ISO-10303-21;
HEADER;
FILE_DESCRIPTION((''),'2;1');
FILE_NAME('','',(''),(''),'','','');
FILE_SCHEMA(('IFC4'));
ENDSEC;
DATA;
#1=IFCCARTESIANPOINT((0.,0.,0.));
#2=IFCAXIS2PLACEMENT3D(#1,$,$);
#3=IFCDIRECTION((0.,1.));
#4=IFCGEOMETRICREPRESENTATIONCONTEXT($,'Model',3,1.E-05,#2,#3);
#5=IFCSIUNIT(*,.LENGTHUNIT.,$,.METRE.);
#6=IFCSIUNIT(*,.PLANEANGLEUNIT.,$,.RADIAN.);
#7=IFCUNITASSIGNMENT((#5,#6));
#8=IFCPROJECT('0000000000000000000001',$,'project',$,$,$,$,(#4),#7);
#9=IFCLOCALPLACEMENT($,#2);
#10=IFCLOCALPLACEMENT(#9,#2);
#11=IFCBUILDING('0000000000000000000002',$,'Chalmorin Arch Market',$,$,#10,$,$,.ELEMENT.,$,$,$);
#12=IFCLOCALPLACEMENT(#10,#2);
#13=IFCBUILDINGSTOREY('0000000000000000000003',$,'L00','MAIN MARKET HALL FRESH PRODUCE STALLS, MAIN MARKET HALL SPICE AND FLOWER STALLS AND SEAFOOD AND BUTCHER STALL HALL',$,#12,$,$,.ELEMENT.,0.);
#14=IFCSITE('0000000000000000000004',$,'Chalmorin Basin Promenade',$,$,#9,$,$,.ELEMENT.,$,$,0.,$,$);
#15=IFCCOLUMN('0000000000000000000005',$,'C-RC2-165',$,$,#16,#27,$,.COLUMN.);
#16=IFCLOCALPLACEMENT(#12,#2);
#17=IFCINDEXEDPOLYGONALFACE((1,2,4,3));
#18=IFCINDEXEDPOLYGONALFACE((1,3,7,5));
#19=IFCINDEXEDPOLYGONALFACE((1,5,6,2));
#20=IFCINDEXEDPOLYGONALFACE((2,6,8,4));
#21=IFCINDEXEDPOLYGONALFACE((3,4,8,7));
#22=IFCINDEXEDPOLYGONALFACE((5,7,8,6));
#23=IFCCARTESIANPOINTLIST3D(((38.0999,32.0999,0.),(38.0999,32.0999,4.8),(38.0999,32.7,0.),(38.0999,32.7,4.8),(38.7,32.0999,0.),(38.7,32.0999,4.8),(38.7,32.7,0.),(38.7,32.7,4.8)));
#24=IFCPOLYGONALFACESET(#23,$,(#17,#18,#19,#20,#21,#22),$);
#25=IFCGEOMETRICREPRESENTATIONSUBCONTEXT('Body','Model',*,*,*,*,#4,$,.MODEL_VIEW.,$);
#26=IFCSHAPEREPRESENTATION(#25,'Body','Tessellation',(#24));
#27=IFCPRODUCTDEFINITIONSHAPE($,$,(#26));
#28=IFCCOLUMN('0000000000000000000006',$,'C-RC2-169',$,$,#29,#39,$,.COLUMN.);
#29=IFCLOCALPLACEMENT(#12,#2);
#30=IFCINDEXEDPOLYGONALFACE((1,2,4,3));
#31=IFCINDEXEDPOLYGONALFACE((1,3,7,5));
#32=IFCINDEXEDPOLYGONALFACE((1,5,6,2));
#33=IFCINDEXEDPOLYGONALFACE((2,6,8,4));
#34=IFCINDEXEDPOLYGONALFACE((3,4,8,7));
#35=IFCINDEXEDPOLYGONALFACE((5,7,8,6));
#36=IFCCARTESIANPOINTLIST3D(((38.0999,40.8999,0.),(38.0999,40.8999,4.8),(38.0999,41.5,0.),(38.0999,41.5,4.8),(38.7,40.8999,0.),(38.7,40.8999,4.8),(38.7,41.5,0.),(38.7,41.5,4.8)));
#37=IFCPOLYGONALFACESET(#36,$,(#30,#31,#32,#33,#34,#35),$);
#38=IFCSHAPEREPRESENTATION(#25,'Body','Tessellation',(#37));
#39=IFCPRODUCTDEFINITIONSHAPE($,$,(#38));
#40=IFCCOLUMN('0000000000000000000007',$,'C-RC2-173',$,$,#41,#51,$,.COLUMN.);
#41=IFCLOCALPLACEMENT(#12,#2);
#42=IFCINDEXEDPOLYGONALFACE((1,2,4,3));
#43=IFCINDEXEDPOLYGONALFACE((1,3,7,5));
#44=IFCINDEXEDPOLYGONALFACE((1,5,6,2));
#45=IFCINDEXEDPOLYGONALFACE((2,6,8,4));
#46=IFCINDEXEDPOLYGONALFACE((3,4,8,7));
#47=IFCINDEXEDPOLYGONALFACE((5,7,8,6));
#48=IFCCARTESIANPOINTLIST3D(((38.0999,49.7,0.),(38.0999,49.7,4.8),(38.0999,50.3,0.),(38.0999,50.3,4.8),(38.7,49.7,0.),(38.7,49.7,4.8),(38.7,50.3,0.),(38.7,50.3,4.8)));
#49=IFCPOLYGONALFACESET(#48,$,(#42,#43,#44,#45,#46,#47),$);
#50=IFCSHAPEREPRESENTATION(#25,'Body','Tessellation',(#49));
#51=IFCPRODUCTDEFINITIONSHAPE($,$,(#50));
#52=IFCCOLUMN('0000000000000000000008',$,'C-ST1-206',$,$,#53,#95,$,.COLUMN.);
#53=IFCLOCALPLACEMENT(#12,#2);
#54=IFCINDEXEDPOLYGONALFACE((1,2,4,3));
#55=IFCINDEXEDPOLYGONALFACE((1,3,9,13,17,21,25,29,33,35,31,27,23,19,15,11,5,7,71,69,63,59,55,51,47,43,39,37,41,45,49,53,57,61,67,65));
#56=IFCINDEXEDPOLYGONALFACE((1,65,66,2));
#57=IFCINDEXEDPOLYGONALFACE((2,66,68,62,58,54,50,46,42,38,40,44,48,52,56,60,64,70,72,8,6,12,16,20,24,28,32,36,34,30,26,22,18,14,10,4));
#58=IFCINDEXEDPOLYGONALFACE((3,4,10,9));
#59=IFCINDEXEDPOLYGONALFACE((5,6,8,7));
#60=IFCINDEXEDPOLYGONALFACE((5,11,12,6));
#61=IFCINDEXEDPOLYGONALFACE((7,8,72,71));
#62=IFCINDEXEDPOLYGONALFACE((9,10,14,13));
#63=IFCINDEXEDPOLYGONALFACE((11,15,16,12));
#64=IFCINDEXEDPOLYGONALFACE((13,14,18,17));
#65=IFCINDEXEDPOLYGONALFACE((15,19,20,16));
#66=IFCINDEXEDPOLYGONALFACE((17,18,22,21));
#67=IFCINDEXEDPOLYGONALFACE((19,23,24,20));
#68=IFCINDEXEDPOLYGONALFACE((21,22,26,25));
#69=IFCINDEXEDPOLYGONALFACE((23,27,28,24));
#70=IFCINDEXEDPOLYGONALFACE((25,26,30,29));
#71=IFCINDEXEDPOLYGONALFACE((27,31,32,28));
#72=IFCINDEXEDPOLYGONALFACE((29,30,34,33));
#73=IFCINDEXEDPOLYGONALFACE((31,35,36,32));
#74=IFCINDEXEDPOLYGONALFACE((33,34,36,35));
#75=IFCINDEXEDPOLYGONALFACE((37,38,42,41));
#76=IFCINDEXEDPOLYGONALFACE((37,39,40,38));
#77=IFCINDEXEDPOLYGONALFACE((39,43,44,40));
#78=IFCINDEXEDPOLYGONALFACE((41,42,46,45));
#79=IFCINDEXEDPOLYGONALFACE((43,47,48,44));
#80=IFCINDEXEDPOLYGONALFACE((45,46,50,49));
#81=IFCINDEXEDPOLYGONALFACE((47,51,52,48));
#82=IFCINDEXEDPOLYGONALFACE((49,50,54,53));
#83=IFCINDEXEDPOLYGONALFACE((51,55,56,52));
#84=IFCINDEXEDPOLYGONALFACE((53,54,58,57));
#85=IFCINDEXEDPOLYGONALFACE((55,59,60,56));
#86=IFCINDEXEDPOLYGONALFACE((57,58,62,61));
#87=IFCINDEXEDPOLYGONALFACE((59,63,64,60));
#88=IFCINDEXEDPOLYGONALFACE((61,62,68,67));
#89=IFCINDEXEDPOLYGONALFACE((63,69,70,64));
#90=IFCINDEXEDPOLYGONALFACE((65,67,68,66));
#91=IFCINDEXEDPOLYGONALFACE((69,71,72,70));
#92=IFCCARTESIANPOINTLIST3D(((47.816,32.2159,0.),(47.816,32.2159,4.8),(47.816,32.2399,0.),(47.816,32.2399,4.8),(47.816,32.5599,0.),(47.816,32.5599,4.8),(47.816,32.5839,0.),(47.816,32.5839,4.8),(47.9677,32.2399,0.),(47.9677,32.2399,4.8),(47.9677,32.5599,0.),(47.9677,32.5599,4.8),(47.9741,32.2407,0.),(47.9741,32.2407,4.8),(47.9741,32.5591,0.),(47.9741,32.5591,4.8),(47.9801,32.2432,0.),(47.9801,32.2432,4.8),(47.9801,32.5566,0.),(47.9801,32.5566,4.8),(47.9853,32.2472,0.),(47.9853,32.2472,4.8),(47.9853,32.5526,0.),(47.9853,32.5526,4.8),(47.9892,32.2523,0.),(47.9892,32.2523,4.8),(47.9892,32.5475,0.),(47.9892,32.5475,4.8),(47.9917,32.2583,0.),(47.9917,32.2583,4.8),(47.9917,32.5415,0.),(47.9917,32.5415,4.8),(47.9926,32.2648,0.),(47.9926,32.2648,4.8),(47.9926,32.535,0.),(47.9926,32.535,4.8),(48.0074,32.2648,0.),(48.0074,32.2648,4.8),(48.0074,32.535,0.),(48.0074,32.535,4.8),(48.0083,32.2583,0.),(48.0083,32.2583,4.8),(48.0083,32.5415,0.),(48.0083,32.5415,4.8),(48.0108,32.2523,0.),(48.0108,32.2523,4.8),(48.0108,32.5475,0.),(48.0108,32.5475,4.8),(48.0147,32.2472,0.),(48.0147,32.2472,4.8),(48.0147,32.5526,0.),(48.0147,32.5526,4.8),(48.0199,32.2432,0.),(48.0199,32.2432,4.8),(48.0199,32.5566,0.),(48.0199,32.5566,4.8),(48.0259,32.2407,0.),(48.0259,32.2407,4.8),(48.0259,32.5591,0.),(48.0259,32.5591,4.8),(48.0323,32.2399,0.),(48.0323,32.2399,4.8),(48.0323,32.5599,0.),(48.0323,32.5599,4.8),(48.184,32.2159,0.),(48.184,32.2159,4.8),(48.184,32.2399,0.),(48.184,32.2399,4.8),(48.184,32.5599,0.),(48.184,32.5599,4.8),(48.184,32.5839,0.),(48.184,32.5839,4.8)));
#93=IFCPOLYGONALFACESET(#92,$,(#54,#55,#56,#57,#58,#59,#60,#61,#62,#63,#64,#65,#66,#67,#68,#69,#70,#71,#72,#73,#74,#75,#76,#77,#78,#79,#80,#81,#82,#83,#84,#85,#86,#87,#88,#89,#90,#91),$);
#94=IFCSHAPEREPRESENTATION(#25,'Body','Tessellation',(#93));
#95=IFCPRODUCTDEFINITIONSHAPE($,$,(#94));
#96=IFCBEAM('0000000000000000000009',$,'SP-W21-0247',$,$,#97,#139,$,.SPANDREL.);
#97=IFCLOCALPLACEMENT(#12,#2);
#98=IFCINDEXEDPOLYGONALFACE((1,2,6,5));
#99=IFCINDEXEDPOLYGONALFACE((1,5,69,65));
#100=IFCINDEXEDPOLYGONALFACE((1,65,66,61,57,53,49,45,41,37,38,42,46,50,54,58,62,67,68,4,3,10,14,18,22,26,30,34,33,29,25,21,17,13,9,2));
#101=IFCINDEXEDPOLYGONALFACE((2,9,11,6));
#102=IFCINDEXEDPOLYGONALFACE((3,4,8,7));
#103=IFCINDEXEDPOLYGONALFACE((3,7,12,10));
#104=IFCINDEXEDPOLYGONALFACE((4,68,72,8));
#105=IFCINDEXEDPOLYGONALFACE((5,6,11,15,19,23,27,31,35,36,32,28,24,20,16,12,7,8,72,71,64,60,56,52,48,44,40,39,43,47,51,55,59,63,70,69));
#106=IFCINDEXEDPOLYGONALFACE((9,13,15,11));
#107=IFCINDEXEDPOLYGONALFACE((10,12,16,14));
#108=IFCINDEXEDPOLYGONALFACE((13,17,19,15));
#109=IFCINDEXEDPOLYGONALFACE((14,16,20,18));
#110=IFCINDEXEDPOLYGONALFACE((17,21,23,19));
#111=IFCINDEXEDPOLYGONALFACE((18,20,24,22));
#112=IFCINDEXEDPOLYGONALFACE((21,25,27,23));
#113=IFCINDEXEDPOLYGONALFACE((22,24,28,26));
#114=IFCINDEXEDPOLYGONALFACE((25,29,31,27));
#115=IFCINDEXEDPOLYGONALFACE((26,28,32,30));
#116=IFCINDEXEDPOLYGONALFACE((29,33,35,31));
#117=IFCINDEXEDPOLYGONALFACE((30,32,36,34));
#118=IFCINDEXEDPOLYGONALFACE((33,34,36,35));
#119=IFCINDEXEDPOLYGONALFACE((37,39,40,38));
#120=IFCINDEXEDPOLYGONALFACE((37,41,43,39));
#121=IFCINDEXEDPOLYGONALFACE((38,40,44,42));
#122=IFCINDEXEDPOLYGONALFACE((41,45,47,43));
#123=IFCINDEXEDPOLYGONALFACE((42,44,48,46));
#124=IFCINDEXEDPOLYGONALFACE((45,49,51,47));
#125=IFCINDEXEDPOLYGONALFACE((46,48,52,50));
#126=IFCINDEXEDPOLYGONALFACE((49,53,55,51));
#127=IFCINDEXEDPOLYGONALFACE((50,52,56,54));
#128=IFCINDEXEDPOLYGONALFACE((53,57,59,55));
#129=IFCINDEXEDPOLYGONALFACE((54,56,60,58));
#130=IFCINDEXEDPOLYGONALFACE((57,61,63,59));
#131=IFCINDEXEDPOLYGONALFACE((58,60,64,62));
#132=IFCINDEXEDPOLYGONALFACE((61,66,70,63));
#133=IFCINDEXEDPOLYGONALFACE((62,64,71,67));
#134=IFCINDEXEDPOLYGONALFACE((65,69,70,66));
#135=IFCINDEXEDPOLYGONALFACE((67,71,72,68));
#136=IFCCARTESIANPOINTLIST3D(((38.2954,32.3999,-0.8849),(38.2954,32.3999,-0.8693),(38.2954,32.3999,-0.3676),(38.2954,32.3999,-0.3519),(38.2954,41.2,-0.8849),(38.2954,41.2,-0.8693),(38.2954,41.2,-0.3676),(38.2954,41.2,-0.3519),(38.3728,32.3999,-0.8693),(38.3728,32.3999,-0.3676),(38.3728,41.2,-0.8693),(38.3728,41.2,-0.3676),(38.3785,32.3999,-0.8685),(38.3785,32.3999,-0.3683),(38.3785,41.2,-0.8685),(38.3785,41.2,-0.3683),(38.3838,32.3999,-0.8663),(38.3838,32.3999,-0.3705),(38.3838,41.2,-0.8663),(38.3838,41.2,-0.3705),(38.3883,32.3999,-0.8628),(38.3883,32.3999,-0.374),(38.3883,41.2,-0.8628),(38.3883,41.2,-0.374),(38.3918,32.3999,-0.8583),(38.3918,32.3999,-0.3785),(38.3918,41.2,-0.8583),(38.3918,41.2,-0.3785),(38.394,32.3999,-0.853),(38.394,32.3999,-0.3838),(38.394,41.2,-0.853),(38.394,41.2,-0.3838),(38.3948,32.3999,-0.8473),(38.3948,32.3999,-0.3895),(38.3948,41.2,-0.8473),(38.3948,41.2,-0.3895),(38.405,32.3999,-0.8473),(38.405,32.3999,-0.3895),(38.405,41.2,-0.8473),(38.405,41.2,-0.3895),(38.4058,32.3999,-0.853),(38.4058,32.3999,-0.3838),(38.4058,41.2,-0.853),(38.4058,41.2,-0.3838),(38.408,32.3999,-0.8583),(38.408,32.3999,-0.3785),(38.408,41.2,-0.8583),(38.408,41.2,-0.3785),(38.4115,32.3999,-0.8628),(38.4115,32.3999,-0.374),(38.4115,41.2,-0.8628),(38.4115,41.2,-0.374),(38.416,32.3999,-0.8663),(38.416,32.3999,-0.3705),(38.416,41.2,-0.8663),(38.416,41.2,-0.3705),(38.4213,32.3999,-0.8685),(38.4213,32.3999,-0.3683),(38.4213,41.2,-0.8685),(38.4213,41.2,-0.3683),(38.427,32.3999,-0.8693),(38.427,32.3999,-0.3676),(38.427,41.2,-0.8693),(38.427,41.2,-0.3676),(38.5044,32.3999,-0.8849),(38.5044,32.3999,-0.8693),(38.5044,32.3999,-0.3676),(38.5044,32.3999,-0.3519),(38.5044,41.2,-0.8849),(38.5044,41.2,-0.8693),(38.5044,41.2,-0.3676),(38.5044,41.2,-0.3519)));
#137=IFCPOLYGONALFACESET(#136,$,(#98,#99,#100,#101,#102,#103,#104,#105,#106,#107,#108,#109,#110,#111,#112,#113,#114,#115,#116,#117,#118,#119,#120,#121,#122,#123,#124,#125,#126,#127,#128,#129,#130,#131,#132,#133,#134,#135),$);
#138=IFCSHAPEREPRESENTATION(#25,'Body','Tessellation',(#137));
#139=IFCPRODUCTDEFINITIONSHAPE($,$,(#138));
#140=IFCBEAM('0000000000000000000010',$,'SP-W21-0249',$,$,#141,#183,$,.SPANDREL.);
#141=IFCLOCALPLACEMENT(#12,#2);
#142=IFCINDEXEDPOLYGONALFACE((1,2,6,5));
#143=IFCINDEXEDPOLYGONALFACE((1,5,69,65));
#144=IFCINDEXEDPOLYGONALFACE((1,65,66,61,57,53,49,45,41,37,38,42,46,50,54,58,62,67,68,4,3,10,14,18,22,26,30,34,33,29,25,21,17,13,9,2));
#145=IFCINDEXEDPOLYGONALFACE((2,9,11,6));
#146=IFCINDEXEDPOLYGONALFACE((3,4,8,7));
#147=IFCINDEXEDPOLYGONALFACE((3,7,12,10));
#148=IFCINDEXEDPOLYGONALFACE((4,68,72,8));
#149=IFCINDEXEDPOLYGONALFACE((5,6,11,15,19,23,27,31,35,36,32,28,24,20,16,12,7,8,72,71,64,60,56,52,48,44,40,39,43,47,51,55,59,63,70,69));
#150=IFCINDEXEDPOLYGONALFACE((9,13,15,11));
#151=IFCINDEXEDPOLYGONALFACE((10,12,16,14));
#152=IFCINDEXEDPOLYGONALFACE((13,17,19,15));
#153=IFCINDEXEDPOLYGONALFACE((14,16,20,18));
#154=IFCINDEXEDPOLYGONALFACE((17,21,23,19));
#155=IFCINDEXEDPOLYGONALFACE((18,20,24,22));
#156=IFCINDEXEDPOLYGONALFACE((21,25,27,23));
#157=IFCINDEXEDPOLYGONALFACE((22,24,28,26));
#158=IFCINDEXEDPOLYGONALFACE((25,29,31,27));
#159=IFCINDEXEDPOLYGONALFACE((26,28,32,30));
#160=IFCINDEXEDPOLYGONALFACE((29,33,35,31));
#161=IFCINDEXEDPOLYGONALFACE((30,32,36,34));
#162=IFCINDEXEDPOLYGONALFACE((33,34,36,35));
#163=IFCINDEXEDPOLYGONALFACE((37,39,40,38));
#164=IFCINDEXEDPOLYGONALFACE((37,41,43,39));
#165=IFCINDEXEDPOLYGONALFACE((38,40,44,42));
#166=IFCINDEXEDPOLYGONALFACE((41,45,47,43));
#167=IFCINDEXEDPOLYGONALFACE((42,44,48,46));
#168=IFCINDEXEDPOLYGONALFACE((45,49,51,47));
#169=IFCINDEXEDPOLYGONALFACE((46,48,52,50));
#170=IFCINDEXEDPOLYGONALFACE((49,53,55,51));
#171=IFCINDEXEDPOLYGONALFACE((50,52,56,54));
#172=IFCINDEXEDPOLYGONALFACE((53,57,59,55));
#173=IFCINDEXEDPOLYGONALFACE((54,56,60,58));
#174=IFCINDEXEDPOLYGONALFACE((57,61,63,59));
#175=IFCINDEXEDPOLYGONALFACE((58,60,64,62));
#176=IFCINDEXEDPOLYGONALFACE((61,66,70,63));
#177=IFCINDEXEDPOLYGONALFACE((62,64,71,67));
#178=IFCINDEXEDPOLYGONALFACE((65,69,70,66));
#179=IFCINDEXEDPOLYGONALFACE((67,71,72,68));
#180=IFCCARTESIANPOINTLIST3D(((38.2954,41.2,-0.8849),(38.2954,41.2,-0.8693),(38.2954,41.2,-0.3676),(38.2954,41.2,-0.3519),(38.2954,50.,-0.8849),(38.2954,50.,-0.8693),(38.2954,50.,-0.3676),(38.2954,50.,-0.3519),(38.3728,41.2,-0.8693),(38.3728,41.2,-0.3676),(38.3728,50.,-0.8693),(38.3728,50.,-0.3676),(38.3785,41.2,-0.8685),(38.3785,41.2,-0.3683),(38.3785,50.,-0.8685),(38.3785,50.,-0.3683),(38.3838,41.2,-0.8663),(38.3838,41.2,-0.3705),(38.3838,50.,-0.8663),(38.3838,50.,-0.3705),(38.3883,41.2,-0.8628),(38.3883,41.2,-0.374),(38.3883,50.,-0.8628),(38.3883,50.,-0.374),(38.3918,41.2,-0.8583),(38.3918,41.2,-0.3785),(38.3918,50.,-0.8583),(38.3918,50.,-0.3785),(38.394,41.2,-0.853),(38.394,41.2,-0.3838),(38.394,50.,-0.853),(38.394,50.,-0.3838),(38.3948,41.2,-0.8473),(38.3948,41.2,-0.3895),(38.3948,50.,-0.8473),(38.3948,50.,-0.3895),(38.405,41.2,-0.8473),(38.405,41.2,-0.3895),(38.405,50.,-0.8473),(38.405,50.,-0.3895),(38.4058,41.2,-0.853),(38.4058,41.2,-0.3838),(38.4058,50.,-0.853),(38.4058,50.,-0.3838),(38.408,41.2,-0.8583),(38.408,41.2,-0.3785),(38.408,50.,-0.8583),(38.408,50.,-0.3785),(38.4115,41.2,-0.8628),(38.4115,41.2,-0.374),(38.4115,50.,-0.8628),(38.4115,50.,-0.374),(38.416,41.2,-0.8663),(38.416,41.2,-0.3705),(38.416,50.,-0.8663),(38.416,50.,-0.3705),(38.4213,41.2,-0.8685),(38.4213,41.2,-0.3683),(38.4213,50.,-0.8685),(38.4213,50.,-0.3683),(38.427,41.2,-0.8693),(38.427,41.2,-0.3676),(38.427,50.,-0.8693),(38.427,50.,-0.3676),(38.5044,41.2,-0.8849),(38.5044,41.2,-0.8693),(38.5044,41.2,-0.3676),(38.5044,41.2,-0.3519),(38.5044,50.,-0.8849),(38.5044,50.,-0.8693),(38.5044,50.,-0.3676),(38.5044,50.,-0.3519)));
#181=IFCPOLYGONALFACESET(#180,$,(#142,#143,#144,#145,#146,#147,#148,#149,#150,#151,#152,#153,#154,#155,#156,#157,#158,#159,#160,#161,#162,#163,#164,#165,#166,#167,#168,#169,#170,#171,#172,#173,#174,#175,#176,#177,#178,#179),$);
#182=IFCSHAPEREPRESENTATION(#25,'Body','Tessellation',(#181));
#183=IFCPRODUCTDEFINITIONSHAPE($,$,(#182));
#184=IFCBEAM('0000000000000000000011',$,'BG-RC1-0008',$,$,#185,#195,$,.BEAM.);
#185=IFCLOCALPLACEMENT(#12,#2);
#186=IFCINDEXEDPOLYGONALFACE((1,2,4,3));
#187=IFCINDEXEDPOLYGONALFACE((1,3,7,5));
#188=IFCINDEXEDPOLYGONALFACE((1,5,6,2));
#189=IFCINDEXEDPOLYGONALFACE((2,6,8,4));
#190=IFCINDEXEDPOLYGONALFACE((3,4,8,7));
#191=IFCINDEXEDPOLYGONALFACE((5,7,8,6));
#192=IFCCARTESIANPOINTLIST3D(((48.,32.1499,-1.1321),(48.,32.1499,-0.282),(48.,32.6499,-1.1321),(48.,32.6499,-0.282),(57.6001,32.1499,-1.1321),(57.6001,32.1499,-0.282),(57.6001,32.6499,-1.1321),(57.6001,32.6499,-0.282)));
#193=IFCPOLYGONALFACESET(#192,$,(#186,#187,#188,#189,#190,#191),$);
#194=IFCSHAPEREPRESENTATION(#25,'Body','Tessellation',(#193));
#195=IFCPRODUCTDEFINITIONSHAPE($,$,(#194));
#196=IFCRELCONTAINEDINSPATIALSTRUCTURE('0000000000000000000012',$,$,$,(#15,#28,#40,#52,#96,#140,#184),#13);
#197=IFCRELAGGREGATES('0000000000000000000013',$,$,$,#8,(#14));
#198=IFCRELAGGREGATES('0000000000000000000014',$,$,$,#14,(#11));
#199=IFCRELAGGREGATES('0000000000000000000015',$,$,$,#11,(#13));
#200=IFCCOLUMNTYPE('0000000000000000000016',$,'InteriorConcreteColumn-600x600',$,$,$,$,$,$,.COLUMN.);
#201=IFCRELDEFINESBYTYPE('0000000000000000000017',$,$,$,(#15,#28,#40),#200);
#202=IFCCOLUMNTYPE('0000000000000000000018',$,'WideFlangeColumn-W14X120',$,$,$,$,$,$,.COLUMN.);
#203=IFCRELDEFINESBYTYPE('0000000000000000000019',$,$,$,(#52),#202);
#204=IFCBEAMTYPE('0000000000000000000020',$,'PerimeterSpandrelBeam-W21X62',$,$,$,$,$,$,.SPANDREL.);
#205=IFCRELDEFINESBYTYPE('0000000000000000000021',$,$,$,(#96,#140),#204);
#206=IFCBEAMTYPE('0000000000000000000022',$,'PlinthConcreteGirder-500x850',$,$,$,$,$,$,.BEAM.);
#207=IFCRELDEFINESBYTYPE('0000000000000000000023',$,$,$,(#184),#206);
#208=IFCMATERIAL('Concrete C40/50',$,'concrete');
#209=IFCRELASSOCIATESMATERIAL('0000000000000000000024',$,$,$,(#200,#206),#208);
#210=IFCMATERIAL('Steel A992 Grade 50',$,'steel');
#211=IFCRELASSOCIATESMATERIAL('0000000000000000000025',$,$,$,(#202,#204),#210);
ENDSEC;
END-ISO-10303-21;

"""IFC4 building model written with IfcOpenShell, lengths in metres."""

from ifc_helpers import new_model, si_unit, direction, frame, origin, origin_2d, place, context, subcontext, project, spatial, rectangle, i_section, extrude, material, material_profile, profile_set, type_object, element, save


model = new_model("IFC4")

# Units and contexts
model_context = context("Model", 3, precision=1e-05, world=origin(), true_north=direction((0.0, 1.0)))
body_context = subcontext(model_context, "Body", "Model", "MODEL_VIEW")
ifc_project = project(units=[si_unit("LENGTHUNIT", "METRE"), si_unit("PLANEANGLEUNIT", "RADIAN")], contexts=[model_context])

# Site, building, storey
site_placement = place(None, origin())
site = spatial("IfcSite", under=ifc_project, at=site_placement, Name="Chalmorin Basin Promenade", CompositionType="ELEMENT", RefElevation=0.0)
building_placement = place(site_placement, origin())
building = spatial("IfcBuilding", under=site, at=building_placement, Name="Chalmorin Arch Market", CompositionType="ELEMENT")
storey_placement = place(building_placement, origin())
storey = spatial("IfcBuildingStorey", under=building, at=storey_placement, Name="L00", Description="MAIN MARKET HALL FRESH PRODUCE STALLS, MAIN MARKET HALL SPICE AND FLOWER STALLS AND SEAFOOD AND BUTCHER STALL HALL", CompositionType="ELEMENT", Elevation=0.0)

# Columns
ifc_material_1 = material(Name="Concrete C40/50", Category="concrete")
ifc_material_profile_1 = material_profile(ifc_material_1, rectangle(XDim=0.6001, YDim=0.6001, at=origin_2d()), Name="RC600X600")
ifc_profile_set_1 = profile_set([ifc_material_profile_1], Name="Concrete C40/50")
column_type_1 = type_object("IfcColumnType", Name="InteriorConcreteColumn-600x600", PredefinedType="COLUMN", material=ifc_profile_set_1)
for number, where, z_axis, x_axis, name in (
    (1, (38.3999, 32.3999, 0.0), (0.0, 0.0, 1.0), (1.0, 0.0, 0.0), "C-RC2-165"),
    (2, (38.3999, 41.2, 0.0), (0.0, 0.0, 1.0), (1.0, 0.0, 0.0), "C-RC2-169"),
    (3, (38.3999, 50.0, 0.0), (0.0, 0.0, 1.0), (1.0, 0.0, 0.0), "C-RC2-173"),
):
    element("IfcColumn", number, at=place(storey_placement, frame(where, z_axis=z_axis, x_axis=x_axis)), inside=storey, type_object=column_type_1, Name=name, PredefinedType="COLUMN", context=body_context, shape_type="SweptSolid", body=[
        extrude(rectangle(XDim=0.6001, YDim=0.6001, at=origin_2d()), origin(), (0.0, 0.0, 1.0), 4.8),
    ])
ifc_material_2 = material(Name="Steel A992 Grade 50", Category="steel")
ifc_material_profile_2 = material_profile(ifc_material_2, i_section(OverallWidth=0.3679, OverallDepth=0.3679, WebThickness=0.0149, FlangeThickness=0.0239, FilletRadius=0.0249, at=origin_2d()), Name="W14X120")
ifc_profile_set_2 = profile_set([ifc_material_profile_2], Name="Steel A992 Grade 50")
column_type_2 = type_object("IfcColumnType", Name="WideFlangeColumn-W14X120", PredefinedType="COLUMN", material=ifc_profile_set_2)
column_placement = place(storey_placement, frame((48.0, 32.3999, 0.0), z_axis=(0.0, 0.0, 1.0), x_axis=(1.0, 0.0, 0.0)))
element("IfcColumn", 4, at=column_placement, inside=storey, type_object=column_type_2, Name="C-ST1-206", PredefinedType="COLUMN", context=body_context, shape_type="SweptSolid", body=[
    extrude(i_section(OverallWidth=0.3679, OverallDepth=0.3679, WebThickness=0.0149, FlangeThickness=0.0239, FilletRadius=0.0249, at=origin_2d()), origin(), (0.0, 0.0, 1.0), 4.8),
])

# Beams
ifc_material_profile_3 = material_profile(ifc_material_2, i_section(OverallWidth=0.209, OverallDepth=0.533, WebThickness=0.0103, FlangeThickness=0.0156, FilletRadius=0.022, at=origin_2d()), Name="W21X62")
ifc_profile_set_3 = profile_set([ifc_material_profile_3], Name="Steel A992 Grade 50")
beam_type_1 = type_object("IfcBeamType", Name="PerimeterSpandrelBeam-W21X62", PredefinedType="SPANDREL", material=ifc_profile_set_3)
for number, where, z_axis, x_axis, name in (
    (5, (38.3999, 32.3999, -0.6184), (0.0, 1.0, 0.0), (-1.0, 0.0, 0.0), "SP-W21-0247"),
    (6, (38.3999, 41.2, -0.6184), (0.0, 1.0, 0.0), (-1.0, 0.0, 0.0), "SP-W21-0249"),
):
    element("IfcBeam", number, at=place(storey_placement, frame(where, z_axis=z_axis, x_axis=x_axis)), inside=storey, type_object=beam_type_1, Name=name, PredefinedType="SPANDREL", context=body_context, shape_type="SweptSolid", body=[
        extrude(i_section(OverallWidth=0.209, OverallDepth=0.533, WebThickness=0.0103, FlangeThickness=0.0156, FilletRadius=0.022, at=origin_2d()), origin(), (0.0, 0.0, 1.0), 8.8),
    ])
ifc_material_profile_4 = material_profile(ifc_material_1, rectangle(XDim=0.5, YDim=0.8501, at=origin_2d()), Name="RC500X850")
ifc_profile_set_4 = profile_set([ifc_material_profile_4], Name="Concrete C40/50")
beam_type_2 = type_object("IfcBeamType", Name="PlinthConcreteGirder-500x850", PredefinedType="BEAM", material=ifc_profile_set_4)
beam_1_placement = place(storey_placement, frame((48.0, 32.3999, -0.707), z_axis=(1.0, 0.0, 0.0), x_axis=(0.0, 1.0, 0.0)))
element("IfcBeam", 7, at=beam_1_placement, inside=storey, type_object=beam_type_2, Name="BG-RC1-0008", PredefinedType="BEAM", context=body_context, shape_type="SweptSolid", body=[
    extrude(rectangle(XDim=0.5, YDim=0.8501, at=origin_2d()), origin(), (0.0, 0.0, 1.0), 9.6001),
])

save(model, "model.ifc")
